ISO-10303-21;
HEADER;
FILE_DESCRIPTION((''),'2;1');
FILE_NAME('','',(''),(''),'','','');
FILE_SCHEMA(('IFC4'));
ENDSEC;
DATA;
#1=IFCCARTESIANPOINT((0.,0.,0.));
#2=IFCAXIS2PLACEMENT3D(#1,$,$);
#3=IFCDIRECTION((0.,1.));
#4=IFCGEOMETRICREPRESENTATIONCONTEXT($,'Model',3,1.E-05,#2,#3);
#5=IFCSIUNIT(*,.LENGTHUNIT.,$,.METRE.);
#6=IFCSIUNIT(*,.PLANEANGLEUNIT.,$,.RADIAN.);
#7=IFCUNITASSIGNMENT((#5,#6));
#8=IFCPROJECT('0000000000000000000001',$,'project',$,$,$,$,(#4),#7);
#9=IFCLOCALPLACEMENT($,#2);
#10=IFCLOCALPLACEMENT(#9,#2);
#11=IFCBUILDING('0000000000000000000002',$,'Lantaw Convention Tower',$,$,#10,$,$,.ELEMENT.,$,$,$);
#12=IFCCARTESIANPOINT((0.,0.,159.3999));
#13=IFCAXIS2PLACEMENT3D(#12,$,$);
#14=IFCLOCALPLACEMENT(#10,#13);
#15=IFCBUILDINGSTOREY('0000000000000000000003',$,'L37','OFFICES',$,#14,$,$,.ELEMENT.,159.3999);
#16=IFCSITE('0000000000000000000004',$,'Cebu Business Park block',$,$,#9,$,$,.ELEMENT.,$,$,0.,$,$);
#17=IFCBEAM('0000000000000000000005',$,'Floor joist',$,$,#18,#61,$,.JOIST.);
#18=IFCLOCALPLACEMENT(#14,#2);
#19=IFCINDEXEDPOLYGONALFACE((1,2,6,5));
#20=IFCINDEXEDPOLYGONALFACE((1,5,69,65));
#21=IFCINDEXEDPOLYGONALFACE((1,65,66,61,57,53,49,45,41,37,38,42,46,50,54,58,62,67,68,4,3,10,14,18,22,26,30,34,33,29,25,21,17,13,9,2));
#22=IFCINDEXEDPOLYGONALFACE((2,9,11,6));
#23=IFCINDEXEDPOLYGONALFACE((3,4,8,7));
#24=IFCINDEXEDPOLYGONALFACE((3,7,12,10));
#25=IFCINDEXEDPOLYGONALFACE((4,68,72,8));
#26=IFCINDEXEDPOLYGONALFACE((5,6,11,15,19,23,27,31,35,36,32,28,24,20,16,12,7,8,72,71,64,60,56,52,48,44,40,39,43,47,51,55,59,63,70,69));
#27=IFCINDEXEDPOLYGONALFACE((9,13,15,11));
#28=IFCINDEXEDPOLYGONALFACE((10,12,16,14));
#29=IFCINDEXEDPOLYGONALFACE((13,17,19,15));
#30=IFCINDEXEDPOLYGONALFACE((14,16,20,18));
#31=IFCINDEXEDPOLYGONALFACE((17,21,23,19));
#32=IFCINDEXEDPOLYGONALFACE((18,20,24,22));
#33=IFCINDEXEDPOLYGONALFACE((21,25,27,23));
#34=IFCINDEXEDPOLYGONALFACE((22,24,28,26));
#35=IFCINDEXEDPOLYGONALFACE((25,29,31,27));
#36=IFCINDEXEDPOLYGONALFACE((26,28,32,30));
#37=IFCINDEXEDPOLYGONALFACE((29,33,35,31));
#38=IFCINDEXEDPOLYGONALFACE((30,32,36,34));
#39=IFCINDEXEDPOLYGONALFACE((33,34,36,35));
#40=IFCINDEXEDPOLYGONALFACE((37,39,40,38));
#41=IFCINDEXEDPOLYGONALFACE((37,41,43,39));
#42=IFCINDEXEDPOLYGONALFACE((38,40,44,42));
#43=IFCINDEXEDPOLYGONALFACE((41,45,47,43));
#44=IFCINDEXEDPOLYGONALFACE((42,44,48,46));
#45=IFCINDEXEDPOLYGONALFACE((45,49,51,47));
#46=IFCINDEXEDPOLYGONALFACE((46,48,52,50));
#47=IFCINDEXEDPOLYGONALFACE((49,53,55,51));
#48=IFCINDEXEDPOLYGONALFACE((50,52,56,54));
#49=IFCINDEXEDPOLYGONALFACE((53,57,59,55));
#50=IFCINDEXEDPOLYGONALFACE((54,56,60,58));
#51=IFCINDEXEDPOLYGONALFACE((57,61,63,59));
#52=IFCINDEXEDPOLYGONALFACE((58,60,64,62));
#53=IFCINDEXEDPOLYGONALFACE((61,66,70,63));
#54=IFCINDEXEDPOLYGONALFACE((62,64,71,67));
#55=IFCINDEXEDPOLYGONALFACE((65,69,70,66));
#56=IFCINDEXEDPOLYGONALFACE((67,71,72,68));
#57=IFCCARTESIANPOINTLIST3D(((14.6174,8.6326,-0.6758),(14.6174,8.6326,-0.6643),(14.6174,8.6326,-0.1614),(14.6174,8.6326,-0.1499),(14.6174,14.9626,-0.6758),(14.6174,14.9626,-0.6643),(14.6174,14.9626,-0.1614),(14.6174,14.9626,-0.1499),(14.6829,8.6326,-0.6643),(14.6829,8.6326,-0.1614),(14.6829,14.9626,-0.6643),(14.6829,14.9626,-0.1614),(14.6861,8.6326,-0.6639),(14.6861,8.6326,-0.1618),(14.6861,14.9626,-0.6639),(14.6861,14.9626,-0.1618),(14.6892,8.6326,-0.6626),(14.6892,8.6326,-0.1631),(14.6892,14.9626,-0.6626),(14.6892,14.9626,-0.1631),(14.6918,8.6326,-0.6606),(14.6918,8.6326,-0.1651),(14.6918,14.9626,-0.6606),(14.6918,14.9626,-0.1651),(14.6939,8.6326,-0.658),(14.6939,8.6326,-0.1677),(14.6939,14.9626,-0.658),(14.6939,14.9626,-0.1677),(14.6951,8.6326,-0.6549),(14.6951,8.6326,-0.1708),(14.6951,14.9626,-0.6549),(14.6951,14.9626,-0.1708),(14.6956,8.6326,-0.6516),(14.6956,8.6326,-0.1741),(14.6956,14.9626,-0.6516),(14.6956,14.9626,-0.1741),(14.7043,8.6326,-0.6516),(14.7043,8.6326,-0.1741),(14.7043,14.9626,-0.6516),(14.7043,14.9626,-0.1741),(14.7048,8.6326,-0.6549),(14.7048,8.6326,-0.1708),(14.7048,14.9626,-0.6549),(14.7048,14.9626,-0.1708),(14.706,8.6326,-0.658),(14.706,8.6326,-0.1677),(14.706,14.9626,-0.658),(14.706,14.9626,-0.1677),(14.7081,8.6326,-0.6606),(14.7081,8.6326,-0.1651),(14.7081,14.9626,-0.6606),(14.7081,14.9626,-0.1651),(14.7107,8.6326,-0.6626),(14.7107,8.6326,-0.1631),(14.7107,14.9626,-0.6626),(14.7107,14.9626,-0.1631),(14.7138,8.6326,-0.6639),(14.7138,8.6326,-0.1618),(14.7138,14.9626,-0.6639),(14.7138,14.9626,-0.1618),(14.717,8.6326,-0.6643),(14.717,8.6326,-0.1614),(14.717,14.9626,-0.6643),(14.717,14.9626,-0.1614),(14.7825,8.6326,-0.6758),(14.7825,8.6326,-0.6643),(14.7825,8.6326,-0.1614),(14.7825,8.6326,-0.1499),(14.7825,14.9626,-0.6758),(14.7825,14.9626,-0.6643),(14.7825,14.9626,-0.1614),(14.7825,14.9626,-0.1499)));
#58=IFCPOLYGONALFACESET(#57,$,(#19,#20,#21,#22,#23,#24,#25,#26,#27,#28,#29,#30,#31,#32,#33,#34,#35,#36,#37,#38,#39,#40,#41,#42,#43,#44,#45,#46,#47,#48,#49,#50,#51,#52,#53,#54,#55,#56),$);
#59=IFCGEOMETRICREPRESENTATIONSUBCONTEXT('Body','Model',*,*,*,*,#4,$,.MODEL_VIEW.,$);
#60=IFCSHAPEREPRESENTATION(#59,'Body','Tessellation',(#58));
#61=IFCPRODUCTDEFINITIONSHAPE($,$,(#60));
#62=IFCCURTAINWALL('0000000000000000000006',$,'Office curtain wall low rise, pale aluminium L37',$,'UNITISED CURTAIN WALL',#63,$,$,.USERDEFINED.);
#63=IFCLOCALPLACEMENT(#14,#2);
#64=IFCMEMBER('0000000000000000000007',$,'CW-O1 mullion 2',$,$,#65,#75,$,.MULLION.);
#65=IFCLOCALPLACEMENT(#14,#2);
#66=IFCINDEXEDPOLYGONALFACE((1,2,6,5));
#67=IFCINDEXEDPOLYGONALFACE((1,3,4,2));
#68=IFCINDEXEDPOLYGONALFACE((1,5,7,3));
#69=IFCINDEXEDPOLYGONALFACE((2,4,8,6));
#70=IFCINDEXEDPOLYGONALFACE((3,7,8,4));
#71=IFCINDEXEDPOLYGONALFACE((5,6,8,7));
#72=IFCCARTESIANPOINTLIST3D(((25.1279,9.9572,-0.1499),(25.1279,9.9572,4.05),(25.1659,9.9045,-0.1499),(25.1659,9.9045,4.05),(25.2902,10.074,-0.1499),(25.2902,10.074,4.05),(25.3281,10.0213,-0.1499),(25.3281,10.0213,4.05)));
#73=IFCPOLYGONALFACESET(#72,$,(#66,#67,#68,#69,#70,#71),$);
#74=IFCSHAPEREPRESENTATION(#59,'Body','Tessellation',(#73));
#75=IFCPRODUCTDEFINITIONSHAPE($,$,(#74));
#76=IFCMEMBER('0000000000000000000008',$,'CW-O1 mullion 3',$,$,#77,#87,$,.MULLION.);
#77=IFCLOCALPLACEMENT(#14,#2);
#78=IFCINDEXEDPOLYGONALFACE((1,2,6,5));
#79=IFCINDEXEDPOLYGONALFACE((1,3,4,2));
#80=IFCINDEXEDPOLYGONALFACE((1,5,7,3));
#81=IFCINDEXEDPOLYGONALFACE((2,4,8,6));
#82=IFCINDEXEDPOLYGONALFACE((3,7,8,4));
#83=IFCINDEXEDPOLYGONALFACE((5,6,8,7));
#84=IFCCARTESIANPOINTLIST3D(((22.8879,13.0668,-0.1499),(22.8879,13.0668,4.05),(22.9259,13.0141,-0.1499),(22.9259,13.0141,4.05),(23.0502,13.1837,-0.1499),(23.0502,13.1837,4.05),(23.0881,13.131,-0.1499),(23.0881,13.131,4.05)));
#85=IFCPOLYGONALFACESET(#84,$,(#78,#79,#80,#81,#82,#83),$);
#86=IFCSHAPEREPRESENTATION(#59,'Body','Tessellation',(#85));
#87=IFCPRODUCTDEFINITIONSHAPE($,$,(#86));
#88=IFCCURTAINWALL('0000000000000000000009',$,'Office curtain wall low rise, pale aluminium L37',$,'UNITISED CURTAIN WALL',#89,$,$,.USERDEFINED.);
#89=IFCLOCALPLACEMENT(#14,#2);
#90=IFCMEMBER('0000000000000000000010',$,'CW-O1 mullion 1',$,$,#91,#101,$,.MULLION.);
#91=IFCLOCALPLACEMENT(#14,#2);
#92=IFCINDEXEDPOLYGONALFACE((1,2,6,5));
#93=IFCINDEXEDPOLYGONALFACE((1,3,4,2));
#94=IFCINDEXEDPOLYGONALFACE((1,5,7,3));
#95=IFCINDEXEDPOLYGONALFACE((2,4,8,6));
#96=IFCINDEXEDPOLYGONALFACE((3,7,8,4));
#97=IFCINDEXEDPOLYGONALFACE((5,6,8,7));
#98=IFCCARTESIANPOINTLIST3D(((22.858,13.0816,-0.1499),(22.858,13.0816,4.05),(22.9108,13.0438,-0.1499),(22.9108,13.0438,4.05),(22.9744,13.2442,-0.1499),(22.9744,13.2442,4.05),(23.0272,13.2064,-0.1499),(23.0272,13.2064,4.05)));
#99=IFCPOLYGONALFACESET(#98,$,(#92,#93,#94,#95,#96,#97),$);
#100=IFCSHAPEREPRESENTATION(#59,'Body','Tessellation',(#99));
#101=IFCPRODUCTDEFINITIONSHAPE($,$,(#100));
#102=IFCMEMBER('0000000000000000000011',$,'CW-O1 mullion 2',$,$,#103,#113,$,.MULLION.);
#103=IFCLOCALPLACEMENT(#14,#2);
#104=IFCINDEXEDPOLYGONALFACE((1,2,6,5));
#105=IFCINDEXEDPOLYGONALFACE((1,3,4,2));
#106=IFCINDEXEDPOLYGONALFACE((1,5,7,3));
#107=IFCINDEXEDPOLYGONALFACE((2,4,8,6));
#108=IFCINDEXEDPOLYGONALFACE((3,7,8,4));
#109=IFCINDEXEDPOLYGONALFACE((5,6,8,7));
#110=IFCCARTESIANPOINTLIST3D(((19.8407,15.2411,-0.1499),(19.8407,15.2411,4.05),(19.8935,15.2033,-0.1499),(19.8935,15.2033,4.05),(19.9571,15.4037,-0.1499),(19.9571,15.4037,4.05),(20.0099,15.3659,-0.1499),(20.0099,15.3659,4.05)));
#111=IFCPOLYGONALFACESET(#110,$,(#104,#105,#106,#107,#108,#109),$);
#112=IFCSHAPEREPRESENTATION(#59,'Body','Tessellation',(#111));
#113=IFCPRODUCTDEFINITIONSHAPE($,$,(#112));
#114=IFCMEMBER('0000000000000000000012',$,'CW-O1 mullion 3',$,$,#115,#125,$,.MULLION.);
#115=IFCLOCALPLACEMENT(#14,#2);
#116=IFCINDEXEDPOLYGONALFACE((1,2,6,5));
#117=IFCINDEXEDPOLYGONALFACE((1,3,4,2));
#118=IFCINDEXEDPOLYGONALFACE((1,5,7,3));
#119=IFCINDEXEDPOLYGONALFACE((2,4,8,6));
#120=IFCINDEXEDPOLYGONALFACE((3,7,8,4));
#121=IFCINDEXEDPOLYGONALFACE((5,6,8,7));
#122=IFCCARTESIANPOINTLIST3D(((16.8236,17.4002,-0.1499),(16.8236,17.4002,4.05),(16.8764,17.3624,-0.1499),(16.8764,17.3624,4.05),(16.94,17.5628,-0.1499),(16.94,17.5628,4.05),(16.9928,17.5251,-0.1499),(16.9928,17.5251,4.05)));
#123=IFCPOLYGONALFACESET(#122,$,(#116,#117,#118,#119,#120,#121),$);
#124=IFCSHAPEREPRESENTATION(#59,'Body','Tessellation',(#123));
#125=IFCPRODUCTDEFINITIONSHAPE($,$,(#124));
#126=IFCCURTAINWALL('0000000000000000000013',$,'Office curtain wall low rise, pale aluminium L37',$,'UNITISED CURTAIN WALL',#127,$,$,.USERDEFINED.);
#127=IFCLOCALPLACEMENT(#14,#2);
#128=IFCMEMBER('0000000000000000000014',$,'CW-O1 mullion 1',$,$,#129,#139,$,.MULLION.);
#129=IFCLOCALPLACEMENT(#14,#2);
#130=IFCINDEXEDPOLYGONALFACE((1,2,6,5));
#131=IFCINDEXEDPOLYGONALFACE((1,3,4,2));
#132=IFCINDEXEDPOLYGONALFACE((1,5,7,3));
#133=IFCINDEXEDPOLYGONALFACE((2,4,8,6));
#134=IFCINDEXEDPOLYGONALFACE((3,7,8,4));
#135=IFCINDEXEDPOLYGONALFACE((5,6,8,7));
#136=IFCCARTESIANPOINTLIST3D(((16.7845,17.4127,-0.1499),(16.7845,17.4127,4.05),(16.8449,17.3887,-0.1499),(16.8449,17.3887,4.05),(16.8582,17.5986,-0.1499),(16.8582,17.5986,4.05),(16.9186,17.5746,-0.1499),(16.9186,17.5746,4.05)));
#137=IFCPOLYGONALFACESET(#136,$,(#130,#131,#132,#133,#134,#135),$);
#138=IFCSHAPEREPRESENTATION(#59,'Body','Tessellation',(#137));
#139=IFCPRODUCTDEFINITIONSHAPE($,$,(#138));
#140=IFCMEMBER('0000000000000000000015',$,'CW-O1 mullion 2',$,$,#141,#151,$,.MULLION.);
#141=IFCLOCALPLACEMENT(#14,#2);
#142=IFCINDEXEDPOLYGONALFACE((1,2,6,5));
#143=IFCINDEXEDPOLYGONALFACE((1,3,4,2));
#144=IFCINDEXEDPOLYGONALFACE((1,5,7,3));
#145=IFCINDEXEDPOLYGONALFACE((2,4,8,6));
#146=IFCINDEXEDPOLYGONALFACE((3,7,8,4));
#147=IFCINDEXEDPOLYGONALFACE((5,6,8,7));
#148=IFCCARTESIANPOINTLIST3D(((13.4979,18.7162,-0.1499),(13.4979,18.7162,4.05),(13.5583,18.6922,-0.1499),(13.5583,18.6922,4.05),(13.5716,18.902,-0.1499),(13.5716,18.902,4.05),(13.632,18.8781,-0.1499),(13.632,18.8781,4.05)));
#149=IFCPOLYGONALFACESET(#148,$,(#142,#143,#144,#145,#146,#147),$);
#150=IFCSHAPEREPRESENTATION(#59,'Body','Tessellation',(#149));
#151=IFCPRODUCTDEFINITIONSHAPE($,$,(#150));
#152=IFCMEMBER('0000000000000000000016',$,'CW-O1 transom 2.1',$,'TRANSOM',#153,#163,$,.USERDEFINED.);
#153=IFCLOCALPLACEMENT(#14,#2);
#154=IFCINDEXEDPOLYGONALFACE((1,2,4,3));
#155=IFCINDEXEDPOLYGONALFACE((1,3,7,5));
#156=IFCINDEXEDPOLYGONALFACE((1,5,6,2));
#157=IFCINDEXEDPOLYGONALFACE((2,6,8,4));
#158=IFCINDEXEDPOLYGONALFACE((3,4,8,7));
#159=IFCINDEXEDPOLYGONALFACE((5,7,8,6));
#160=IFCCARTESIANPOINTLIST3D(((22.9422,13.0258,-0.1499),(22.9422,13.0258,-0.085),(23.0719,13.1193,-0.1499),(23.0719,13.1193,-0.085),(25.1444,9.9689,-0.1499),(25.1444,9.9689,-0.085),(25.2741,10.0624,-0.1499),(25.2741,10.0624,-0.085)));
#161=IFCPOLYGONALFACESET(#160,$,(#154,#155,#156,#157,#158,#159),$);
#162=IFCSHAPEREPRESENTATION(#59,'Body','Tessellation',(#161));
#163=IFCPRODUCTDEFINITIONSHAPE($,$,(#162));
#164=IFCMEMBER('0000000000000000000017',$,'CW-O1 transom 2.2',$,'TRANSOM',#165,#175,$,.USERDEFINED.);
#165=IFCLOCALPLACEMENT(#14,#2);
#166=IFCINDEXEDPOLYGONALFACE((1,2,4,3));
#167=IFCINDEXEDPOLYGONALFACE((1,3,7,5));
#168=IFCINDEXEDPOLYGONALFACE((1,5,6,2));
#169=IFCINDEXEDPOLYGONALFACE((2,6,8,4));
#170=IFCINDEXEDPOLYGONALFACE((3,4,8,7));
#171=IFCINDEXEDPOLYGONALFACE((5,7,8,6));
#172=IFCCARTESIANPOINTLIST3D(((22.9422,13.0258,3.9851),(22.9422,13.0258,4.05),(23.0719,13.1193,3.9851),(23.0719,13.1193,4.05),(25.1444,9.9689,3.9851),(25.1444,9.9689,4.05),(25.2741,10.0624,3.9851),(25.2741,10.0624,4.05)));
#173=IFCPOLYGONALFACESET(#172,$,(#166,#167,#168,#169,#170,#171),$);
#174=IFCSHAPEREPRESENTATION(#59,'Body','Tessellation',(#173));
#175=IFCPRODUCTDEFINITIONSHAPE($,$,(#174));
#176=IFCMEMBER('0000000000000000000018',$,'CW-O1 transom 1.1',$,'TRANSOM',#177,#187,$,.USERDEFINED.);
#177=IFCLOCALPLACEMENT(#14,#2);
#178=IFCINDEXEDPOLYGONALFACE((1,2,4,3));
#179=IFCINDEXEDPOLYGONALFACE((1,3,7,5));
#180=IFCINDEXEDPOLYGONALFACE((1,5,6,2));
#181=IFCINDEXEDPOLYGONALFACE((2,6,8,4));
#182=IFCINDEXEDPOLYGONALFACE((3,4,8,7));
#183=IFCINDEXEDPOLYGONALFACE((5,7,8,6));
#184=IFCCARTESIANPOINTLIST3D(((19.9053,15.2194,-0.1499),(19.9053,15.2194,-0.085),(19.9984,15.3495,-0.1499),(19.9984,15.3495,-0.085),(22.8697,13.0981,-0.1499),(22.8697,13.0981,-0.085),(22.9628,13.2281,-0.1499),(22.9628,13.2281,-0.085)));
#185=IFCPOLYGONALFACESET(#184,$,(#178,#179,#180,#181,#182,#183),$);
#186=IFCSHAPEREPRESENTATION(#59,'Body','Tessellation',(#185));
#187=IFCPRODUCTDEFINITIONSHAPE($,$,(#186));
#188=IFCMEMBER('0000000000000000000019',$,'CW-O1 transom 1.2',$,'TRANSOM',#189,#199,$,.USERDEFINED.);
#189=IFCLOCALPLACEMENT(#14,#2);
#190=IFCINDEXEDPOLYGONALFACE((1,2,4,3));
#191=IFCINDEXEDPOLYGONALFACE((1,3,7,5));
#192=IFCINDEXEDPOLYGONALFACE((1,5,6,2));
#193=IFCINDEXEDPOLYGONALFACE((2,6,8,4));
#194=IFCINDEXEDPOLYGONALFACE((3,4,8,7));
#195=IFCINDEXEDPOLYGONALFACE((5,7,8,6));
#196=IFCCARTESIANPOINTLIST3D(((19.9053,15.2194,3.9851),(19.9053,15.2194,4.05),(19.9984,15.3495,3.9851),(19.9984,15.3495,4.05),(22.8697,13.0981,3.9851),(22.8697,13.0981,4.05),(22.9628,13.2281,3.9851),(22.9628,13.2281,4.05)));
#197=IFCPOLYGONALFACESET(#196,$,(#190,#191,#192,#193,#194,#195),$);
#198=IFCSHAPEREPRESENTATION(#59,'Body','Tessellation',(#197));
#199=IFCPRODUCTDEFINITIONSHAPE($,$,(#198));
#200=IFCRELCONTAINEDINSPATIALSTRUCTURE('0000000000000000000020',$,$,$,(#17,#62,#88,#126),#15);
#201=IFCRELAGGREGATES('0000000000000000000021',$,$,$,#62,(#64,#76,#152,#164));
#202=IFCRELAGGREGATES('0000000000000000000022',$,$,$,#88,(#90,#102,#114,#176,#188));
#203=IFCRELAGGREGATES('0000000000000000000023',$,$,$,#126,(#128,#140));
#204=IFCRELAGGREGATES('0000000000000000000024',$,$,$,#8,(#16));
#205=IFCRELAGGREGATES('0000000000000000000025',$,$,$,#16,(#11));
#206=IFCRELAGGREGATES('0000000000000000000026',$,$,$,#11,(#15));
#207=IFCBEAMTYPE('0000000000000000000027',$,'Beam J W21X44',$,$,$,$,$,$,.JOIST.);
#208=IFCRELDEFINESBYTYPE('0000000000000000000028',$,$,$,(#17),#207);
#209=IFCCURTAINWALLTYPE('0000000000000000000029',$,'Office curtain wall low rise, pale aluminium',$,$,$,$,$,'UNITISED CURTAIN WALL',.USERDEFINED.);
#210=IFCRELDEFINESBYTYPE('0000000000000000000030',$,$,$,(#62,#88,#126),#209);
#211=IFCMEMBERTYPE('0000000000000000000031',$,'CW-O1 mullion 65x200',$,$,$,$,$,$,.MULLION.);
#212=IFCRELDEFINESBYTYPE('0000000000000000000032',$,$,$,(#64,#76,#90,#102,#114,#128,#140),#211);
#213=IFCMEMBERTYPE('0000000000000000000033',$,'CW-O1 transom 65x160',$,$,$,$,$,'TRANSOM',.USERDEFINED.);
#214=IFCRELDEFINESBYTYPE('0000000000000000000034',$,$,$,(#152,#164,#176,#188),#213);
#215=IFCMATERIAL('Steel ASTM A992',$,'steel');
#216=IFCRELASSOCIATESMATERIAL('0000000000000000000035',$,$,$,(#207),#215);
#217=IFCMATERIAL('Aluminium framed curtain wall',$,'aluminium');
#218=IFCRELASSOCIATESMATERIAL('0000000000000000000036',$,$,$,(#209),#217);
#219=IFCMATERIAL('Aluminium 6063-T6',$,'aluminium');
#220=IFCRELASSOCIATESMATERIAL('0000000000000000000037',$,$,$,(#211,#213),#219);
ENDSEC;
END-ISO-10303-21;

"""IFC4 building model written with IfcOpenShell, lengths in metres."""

from ifc_helpers import new_model, si_unit, direction, frame, origin, origin_2d, place, context, subcontext, project, spatial, rectangle, i_section, extrude, material, material_profile, profile_set, type_object, element, aggregate, save


model = new_model("IFC4")

# Units and contexts
model_context = context("Model", 3, precision=1e-05, world=origin(), true_north=direction((0.0, 1.0)))
body_context = subcontext(model_context, "Body", "Model", "MODEL_VIEW")
ifc_project = project(units=[si_unit("LENGTHUNIT", "METRE"), si_unit("PLANEANGLEUNIT", "RADIAN")], contexts=[model_context])

# Site, building, storey
site_placement = place(None, origin())
site = spatial("IfcSite", under=ifc_project, at=site_placement, Name="Cebu Business Park block", CompositionType="ELEMENT", RefElevation=0.0)
building_placement = place(site_placement, origin())
building = spatial("IfcBuilding", under=site, at=building_placement, Name="Lantaw Convention Tower", CompositionType="ELEMENT")
storey_placement = place(building_placement, frame((0.0, 0.0, 159.3999)))
storey = spatial("IfcBuildingStorey", under=building, at=storey_placement, Name="L37", Description="OFFICES", CompositionType="ELEMENT", Elevation=159.3999)

# Beam
ifc_material_1 = material(Name="Steel ASTM A992", Category="steel")
ifc_material_profile_1 = material_profile(ifc_material_1, i_section(OverallWidth=0.165, OverallDepth=0.5259, WebThickness=0.0088, FlangeThickness=0.0115, FilletRadius=0.0127, at=origin_2d()), Name="W21X44")
ifc_profile_set_1 = profile_set([ifc_material_profile_1], Name="Steel ASTM A992")
beam_type_1 = type_object("IfcBeamType", Name="Beam J W21X44", PredefinedType="JOIST", material=ifc_profile_set_1)
beam_1_placement = place(storey_placement, frame((14.7, 8.6326, -0.4128), z_axis=(0.0, 1.0, 0.0), x_axis=(-1.0, 0.0, 0.0)))
element("IfcBeam", 1, at=beam_1_placement, inside=storey, type_object=beam_type_1, Name="Floor joist", PredefinedType="JOIST", context=body_context, shape_type="SweptSolid", body=[
    extrude(i_section(OverallWidth=0.165, OverallDepth=0.5259, WebThickness=0.0088, FlangeThickness=0.0115, FilletRadius=0.0127, at=origin_2d()), origin(), (0.0, 0.0, 1.0), 6.3301),
])

# Curtain walls, members
ifc_material_2 = material(Name="Aluminium framed curtain wall", Category="aluminium")
curtain_wall_type = type_object("IfcCurtainWallType", Name="Office curtain wall low rise, pale aluminium", ElementType="UNITISED CURTAIN WALL", PredefinedType="USERDEFINED", material=ifc_material_2)
curtain_wall_1_placement = place(storey_placement, origin())
curtain_wall_1 = element("IfcCurtainWall", 2, at=curtain_wall_1_placement, inside=storey, type_object=curtain_wall_type, Name="Office curtain wall low rise, pale aluminium L37", ObjectType="UNITISED CURTAIN WALL", PredefinedType="USERDEFINED")
ifc_material_3 = material(Name="Aluminium 6063-T6", Category="aluminium")
ifc_material_profile_2 = material_profile(ifc_material_3, rectangle(XDim=0.2, YDim=0.0649, at=origin_2d()), Name="CW-O1 mullion 65x200")
ifc_profile_set_2 = profile_set([ifc_material_profile_2], Name="Aluminium 6063-T6")
member_type_1 = type_object("IfcMemberType", Name="CW-O1 mullion 65x200", PredefinedType="MULLION", material=ifc_profile_set_2)
member_1_placement = place(storey_placement, frame((25.228, 9.9893, -0.1499), z_axis=(0.0, 0.0, 1.0), x_axis=(-0.811385, -0.584513, 0.0)))
member_1 = element("IfcMember", 3, at=member_1_placement, type_object=member_type_1, Name="CW-O1 mullion 2", PredefinedType="MULLION", context=body_context, shape_type="SweptSolid", body=[
    extrude(rectangle(XDim=0.2, YDim=0.0649, at=origin_2d()), origin(), (0.0, 0.0, 1.0), 4.2),
])
member_2_placement = place(storey_placement, frame((22.988, 13.0989, -0.1499), z_axis=(0.0, 0.0, 1.0), x_axis=(-0.811385, -0.584513, 0.0)))
member_2 = element("IfcMember", 4, at=member_2_placement, type_object=member_type_1, Name="CW-O1 mullion 3", PredefinedType="MULLION", context=body_context, shape_type="SweptSolid", body=[
    extrude(rectangle(XDim=0.2, YDim=0.0649, at=origin_2d()), origin(), (0.0, 0.0, 1.0), 4.2),
])
curtain_wall_2_placement = place(storey_placement, origin())
curtain_wall_2 = element("IfcCurtainWall", 5, at=curtain_wall_2_placement, inside=storey, type_object=curtain_wall_type, Name="Office curtain wall low rise, pale aluminium L37", ObjectType="UNITISED CURTAIN WALL", PredefinedType="USERDEFINED")
member_3_placement = place(storey_placement, frame((22.9426, 13.144, -0.1499), z_axis=(0.0, 0.0, 1.0), x_axis=(-0.581973, -0.813208, 0.0)))
member_3 = element("IfcMember", 6, at=member_3_placement, type_object=member_type_1, Name="CW-O1 mullion 1", PredefinedType="MULLION", context=body_context, shape_type="SweptSolid", body=[
    extrude(rectangle(XDim=0.2, YDim=0.0649, at=origin_2d()), origin(), (0.0, 0.0, 1.0), 4.2),
])
member_4_placement = place(storey_placement, frame((19.9253, 15.3035, -0.1499), z_axis=(0.0, 0.0, 1.0), x_axis=(-0.581973, -0.813208, 0.0)))
member_4 = element("IfcMember", 7, at=member_4_placement, type_object=member_type_1, Name="CW-O1 mullion 2", PredefinedType="MULLION", context=body_context, shape_type="SweptSolid", body=[
    extrude(rectangle(XDim=0.2, YDim=0.0649, at=origin_2d()), origin(), (0.0, 0.0, 1.0), 4.2),
])
member_5_placement = place(storey_placement, frame((16.9082, 17.4626, -0.1499), z_axis=(0.0, 0.0, 1.0), x_axis=(-0.581973, -0.813208, 0.0)))
member_5 = element("IfcMember", 8, at=member_5_placement, type_object=member_type_1, Name="CW-O1 mullion 3", PredefinedType="MULLION", context=body_context, shape_type="SweptSolid", body=[
    extrude(rectangle(XDim=0.2, YDim=0.0649, at=origin_2d()), origin(), (0.0, 0.0, 1.0), 4.2),
])
curtain_wall_3_placement = place(storey_placement, origin())
curtain_wall_3 = element("IfcCurtainWall", 9, at=curtain_wall_3_placement, inside=storey, type_object=curtain_wall_type, Name="Office curtain wall low rise, pale aluminium L37", ObjectType="UNITISED CURTAIN WALL", PredefinedType="USERDEFINED")
member_6_placement = place(storey_placement, frame((16.8516, 17.4937, -0.1499), z_axis=(0.0, 0.0, 1.0), x_axis=(-0.368702, -0.929548, 0.0)))
member_6 = element("IfcMember", 10, at=member_6_placement, type_object=member_type_1, Name="CW-O1 mullion 1", PredefinedType="MULLION", context=body_context, shape_type="SweptSolid", body=[
    extrude(rectangle(XDim=0.2, YDim=0.0649, at=origin_2d()), origin(), (0.0, 0.0, 1.0), 4.2),
])
member_7_placement = place(storey_placement, frame((13.5649, 18.7971, -0.1499), z_axis=(0.0, 0.0, 1.0), x_axis=(-0.368702, -0.929548, 0.0)))
member_7 = element("IfcMember", 11, at=member_7_placement, type_object=member_type_1, Name="CW-O1 mullion 2", PredefinedType="MULLION", context=body_context, shape_type="SweptSolid", body=[
    extrude(rectangle(XDim=0.2, YDim=0.0649, at=origin_2d()), origin(), (0.0, 0.0, 1.0), 4.2),
])

# Members
ifc_material_profile_3 = material_profile(ifc_material_3, rectangle(XDim=0.1599, YDim=0.0649, at=origin_2d()), Name="CW-O1 transom 65x160")
ifc_profile_set_3 = profile_set([ifc_material_profile_3], Name="Aluminium 6063-T6")
member_type_2 = type_object("IfcMemberType", Name="CW-O1 transom 65x160", ElementType="TRANSOM", PredefinedType="USERDEFINED", material=ifc_profile_set_3)
member_8_placement = place(storey_placement, frame((25.2092, 10.0156, -0.1174), z_axis=(-0.584513, 0.811384, 0.0), x_axis=(-0.811384, -0.584513, 0.0)))
member_8 = element("IfcMember", 12, at=member_8_placement, type_object=member_type_2, Name="CW-O1 transom 2.1", ObjectType="TRANSOM", PredefinedType="USERDEFINED", context=body_context, shape_type="SweptSolid", body=[
    extrude(rectangle(XDim=0.1599, YDim=0.0649, at=origin_2d()), origin(), (0.0, 0.0, 1.0), 3.7676),
])
member_9_placement = place(storey_placement, frame((25.2092, 10.0156, 4.0176), z_axis=(-0.584513, 0.811384, 0.0), x_axis=(-0.811384, -0.584513, 0.0)))
member_9 = element("IfcMember", 13, at=member_9_placement, type_object=member_type_2, Name="CW-O1 transom 2.2", ObjectType="TRANSOM", PredefinedType="USERDEFINED", context=body_context, shape_type="SweptSolid", body=[
    extrude(rectangle(XDim=0.1599, YDim=0.0649, at=origin_2d()), origin(), (0.0, 0.0, 1.0), 3.7676),
])
member_10_placement = place(storey_placement, frame((22.9163, 13.1631, -0.1174), z_axis=(-0.813222, 0.581954, 0.0), x_axis=(-0.581954, -0.813222, 0.0)))
member_10 = element("IfcMember", 14, at=member_10_placement, type_object=member_type_2, Name="CW-O1 transom 1.1", ObjectType="TRANSOM", PredefinedType="USERDEFINED", context=body_context, shape_type="SweptSolid", body=[
    extrude(rectangle(XDim=0.1599, YDim=0.0649, at=origin_2d()), origin(), (0.0, 0.0, 1.0), 3.6453),
])
member_11_placement = place(storey_placement, frame((22.9163, 13.1631, 4.0176), z_axis=(-0.813222, 0.581954, 0.0), x_axis=(-0.581954, -0.813222, 0.0)))
member_11 = element("IfcMember", 15, at=member_11_placement, type_object=member_type_2, Name="CW-O1 transom 1.2", ObjectType="TRANSOM", PredefinedType="USERDEFINED", context=body_context, shape_type="SweptSolid", body=[
    extrude(rectangle(XDim=0.1599, YDim=0.0649, at=origin_2d()), origin(), (0.0, 0.0, 1.0), 3.6453),
])

aggregate(curtain_wall_1, [member_1, member_2, member_8, member_9])
aggregate(curtain_wall_2, [member_3, member_4, member_5, member_10, member_11])
aggregate(curtain_wall_3, [member_6, member_7])

save(model, "model.ifc")
